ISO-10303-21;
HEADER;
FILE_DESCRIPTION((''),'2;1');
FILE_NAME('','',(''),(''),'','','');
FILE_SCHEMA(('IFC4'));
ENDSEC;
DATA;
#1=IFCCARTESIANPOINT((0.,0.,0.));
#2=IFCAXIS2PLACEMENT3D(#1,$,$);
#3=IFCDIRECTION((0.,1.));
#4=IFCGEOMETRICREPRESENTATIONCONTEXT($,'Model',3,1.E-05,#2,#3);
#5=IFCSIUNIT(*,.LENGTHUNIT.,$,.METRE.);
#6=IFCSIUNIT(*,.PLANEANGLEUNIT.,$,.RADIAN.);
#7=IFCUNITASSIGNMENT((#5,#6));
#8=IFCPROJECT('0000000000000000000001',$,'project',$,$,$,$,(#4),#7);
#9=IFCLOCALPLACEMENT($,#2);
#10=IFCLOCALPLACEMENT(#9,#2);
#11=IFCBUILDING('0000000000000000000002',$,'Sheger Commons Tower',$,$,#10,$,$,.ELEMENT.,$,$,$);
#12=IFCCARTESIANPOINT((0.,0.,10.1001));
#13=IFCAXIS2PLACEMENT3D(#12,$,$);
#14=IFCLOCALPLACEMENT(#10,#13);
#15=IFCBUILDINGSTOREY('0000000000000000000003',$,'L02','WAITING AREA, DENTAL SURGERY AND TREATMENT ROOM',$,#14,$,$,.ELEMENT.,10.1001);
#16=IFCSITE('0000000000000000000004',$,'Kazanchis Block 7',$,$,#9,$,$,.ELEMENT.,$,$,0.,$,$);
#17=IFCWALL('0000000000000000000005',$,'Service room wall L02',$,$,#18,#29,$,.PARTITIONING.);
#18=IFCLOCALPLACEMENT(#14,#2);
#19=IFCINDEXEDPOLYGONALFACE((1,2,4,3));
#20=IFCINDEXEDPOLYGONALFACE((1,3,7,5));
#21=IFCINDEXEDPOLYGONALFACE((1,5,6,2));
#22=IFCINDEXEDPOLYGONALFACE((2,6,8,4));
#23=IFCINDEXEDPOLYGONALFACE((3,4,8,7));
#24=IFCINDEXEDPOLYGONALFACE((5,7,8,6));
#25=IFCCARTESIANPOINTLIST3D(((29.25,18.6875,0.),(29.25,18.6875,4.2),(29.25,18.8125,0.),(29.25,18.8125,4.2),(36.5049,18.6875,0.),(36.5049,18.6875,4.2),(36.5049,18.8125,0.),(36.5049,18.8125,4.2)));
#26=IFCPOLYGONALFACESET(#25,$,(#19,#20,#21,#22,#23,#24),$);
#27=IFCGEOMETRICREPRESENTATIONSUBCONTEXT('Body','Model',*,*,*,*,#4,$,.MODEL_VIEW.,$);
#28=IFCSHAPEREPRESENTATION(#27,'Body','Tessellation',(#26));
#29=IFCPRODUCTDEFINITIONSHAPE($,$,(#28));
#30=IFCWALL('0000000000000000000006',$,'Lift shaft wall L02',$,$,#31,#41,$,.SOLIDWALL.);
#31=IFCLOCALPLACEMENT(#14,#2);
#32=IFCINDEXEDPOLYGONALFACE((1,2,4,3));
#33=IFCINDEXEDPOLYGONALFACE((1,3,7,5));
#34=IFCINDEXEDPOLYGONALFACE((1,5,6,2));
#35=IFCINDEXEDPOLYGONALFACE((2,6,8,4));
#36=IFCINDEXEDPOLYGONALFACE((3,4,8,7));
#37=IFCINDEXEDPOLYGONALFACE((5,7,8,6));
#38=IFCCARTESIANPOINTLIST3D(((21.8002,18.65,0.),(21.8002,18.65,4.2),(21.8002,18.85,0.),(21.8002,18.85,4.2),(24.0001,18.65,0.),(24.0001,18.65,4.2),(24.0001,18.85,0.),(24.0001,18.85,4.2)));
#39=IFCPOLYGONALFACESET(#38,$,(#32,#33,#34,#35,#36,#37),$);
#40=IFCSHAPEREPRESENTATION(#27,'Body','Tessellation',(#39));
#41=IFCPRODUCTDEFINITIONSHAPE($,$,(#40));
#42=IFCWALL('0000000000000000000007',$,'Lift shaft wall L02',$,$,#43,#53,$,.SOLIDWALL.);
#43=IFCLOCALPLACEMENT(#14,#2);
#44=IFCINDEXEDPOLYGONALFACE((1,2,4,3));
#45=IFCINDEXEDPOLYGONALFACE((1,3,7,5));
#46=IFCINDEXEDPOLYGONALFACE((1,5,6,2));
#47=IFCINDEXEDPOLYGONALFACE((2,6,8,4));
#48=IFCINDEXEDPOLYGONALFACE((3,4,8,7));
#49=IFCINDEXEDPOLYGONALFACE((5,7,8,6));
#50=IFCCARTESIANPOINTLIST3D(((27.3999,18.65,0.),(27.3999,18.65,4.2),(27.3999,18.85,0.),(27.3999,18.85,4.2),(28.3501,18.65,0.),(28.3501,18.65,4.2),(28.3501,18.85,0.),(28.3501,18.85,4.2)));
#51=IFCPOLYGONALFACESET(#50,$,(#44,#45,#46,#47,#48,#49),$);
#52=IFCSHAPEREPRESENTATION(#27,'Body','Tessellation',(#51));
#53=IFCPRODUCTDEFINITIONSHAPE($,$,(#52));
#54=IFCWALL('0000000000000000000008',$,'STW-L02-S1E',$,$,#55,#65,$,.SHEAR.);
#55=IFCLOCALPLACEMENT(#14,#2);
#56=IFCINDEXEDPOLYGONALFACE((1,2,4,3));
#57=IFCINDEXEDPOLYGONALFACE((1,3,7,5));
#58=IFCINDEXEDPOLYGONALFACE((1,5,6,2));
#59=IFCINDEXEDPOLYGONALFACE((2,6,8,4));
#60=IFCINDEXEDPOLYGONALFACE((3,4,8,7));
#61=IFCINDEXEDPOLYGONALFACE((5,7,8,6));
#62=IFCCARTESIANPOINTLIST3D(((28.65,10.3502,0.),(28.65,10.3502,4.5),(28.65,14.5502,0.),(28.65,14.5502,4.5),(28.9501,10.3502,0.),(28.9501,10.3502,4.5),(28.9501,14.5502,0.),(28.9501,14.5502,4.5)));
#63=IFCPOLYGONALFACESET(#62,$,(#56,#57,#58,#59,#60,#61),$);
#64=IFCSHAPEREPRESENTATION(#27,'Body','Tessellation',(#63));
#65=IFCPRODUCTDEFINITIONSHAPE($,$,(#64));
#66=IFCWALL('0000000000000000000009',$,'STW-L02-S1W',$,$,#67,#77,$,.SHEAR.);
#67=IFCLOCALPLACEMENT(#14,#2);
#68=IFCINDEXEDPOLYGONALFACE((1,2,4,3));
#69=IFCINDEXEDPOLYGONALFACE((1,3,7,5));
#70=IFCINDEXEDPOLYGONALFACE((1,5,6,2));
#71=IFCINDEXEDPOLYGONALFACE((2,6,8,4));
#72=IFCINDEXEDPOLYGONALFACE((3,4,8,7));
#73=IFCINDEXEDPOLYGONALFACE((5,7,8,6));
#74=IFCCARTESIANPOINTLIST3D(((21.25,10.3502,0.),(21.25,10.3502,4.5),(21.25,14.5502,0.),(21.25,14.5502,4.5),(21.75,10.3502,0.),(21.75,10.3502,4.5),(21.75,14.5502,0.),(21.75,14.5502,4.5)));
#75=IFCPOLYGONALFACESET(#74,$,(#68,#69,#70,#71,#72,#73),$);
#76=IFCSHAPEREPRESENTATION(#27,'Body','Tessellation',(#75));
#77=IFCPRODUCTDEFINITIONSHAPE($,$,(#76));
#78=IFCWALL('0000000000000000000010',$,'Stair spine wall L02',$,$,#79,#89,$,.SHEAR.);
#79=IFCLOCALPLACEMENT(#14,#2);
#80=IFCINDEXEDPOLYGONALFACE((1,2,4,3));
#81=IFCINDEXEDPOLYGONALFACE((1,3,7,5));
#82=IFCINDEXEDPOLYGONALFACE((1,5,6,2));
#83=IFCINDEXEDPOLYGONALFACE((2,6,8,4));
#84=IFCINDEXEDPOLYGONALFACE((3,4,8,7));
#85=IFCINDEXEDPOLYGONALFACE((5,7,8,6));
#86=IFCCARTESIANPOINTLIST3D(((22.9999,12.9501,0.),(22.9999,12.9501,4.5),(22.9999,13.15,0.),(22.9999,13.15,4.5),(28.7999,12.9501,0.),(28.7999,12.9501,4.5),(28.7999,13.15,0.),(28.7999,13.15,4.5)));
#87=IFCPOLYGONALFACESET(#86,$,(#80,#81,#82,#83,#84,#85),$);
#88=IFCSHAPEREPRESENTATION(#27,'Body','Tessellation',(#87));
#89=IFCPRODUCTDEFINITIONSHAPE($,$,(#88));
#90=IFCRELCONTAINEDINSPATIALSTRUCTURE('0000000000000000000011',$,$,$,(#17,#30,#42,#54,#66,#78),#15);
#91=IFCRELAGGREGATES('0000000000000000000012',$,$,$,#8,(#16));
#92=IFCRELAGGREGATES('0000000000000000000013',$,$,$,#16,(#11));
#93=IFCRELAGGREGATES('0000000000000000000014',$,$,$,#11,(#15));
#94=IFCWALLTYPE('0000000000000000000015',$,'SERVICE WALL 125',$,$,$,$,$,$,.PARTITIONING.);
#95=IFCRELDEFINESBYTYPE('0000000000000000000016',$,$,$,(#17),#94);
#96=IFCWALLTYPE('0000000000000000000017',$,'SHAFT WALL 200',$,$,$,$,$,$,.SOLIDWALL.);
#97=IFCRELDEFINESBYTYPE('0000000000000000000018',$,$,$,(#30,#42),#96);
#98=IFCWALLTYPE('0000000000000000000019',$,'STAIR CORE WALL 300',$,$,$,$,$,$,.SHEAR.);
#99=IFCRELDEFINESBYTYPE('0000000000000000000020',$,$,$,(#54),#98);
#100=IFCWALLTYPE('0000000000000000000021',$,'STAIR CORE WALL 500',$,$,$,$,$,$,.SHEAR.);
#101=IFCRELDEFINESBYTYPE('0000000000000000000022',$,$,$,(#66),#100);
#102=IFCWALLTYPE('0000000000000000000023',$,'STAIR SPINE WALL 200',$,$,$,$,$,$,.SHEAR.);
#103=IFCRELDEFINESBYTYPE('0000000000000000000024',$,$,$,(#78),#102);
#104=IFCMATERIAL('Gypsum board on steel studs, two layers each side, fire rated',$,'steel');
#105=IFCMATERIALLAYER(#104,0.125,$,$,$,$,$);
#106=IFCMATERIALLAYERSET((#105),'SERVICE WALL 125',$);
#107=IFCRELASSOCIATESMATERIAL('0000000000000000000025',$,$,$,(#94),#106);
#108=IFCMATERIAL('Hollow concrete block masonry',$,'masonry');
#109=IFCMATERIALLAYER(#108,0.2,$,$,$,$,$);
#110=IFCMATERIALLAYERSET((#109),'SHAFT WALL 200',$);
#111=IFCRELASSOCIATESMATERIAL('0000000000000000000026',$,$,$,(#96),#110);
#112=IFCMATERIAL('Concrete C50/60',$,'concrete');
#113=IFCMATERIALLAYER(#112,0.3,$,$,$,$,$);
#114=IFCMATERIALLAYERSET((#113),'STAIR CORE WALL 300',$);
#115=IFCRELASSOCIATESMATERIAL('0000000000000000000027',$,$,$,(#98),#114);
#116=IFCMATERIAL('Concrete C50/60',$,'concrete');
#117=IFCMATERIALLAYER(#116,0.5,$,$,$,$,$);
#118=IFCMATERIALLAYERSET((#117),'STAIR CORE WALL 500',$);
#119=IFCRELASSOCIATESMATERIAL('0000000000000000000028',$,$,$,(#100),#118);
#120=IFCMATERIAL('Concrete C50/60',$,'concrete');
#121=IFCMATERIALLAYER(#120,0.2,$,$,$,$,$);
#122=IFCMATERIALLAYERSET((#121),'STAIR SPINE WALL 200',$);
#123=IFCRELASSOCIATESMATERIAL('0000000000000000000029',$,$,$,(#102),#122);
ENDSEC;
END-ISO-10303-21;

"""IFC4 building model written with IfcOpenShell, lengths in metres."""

from ifc_helpers import new_model, si_unit, direction, frame, frame_2d, origin, place, context, subcontext, project, spatial, rectangle, extrude, material, layer, layer_set, type_object, element, save


model = new_model("IFC4")

# Units and contexts
model_context = context("Model", 3, precision=1e-05, world=origin(), true_north=direction((0.0, 1.0)))
body_context = subcontext(model_context, "Body", "Model", "MODEL_VIEW")
ifc_project = project(units=[si_unit("LENGTHUNIT", "METRE"), si_unit("PLANEANGLEUNIT", "RADIAN")], contexts=[model_context])

# Site, building, storey
site_placement = place(None, origin())
site = spatial("IfcSite", under=ifc_project, at=site_placement, Name="Kazanchis Block 7", CompositionType="ELEMENT", RefElevation=0.0)
building_placement = place(site_placement, origin())
building = spatial("IfcBuilding", under=site, at=building_placement, Name="Sheger Commons Tower", CompositionType="ELEMENT")
storey_placement = place(building_placement, frame((0.0, 0.0, 10.1001)))
storey = spatial("IfcBuildingStorey", under=building, at=storey_placement, Name="L02", Description="WAITING AREA, DENTAL SURGERY AND TREATMENT ROOM", CompositionType="ELEMENT", Elevation=10.1001)

# Shared definitions
ifc_material_1 = material(Name="Gypsum board on steel studs, two layers each side, fire rated", Category="steel")
ifc_layer_1 = layer(ifc_material_1, 0.125)
ifc_layer_set_1 = layer_set([ifc_layer_1], Name="SERVICE WALL 125")
wall_type_1 = type_object("IfcWallType", Name="SERVICE WALL 125", PredefinedType="PARTITIONING", material=ifc_layer_set_1)

# Walls
wall_1_placement = place(storey_placement, frame((29.25, 18.75, 0.0), z_axis=(0.0, 0.0, 1.0), x_axis=(1.0, 0.0, 0.0)))
element("IfcWall", 1, at=wall_1_placement, inside=storey, type_object=wall_type_1, Name="Service room wall L02", PredefinedType="PARTITIONING", context=body_context, shape_type="SweptSolid", body=[
    extrude(rectangle(XDim=7.2549, YDim=0.125, at=frame_2d((3.6274, 0.0))), origin(), (0.0, 0.0, 1.0), 4.2),
])
ifc_material_2 = material(Name="Hollow concrete block masonry", Category="masonry")
ifc_layer_2 = layer(ifc_material_2, 0.2)
ifc_layer_set_2 = layer_set([ifc_layer_2], Name="SHAFT WALL 200")
wall_type_2 = type_object("IfcWallType", Name="SHAFT WALL 200", PredefinedType="SOLIDWALL", material=ifc_layer_set_2)
wall_2_placement = place(storey_placement, frame((21.8, 18.75, 0.0), z_axis=(0.0, 0.0, 1.0), x_axis=(1.0, 0.0, 0.0)))
element("IfcWall", 2, at=wall_2_placement, inside=storey, type_object=wall_type_2, Name="Lift shaft wall L02", PredefinedType="SOLIDWALL", context=body_context, shape_type="SweptSolid", body=[
    extrude(rectangle(XDim=2.2, YDim=0.2, at=frame_2d((1.1001, 0.0))), origin(), (0.0, 0.0, 1.0), 4.2),
])
wall_3_placement = place(storey_placement, frame((27.3999, 18.75, 0.0), z_axis=(0.0, 0.0, 1.0), x_axis=(1.0, 0.0, 0.0)))
element("IfcWall", 3, at=wall_3_placement, inside=storey, type_object=wall_type_2, Name="Lift shaft wall L02", PredefinedType="SOLIDWALL", context=body_context, shape_type="SweptSolid", body=[
    extrude(rectangle(XDim=0.9502, YDim=0.2, at=frame_2d((0.4751, 0.0))), origin(), (0.0, 0.0, 1.0), 4.2),
])
ifc_material_3 = material(Name="Concrete C50/60", Category="concrete")
ifc_layer_3 = layer(ifc_material_3, 0.3)
ifc_layer_set_3 = layer_set([ifc_layer_3], Name="STAIR CORE WALL 300")
wall_type_3 = type_object("IfcWallType", Name="STAIR CORE WALL 300", PredefinedType="SHEAR", material=ifc_layer_set_3)
wall_4_placement = place(storey_placement, frame((28.8, 10.3501, 0.0), z_axis=(0.0, 0.0, 1.0), x_axis=(0.0, 1.0, 0.0)))
element("IfcWall", 4, at=wall_4_placement, inside=storey, type_object=wall_type_3, Name="STW-L02-S1E", PredefinedType="SHEAR", context=body_context, shape_type="SweptSolid", body=[
    extrude(rectangle(XDim=4.2, YDim=0.3, at=frame_2d((2.1001, 0.0))), origin(), (0.0, 0.0, 1.0), 4.5),
])
ifc_material_4 = material(Name="Concrete C50/60", Category="concrete")
ifc_layer_4 = layer(ifc_material_4, 0.5)
ifc_layer_set_4 = layer_set([ifc_layer_4], Name="STAIR CORE WALL 500")
wall_type_4 = type_object("IfcWallType", Name="STAIR CORE WALL 500", PredefinedType="SHEAR", material=ifc_layer_set_4)
wall_5_placement = place(storey_placement, frame((21.5, 10.3501, 0.0), z_axis=(0.0, 0.0, 1.0), x_axis=(0.0, 1.0, 0.0)))
element("IfcWall", 5, at=wall_5_placement, inside=storey, type_object=wall_type_4, Name="STW-L02-S1W", PredefinedType="SHEAR", context=body_context, shape_type="SweptSolid", body=[
    extrude(rectangle(XDim=4.2, YDim=0.5, at=frame_2d((2.1001, 0.0))), origin(), (0.0, 0.0, 1.0), 4.5),
])
ifc_material_5 = material(Name="Concrete C50/60", Category="concrete")
ifc_layer_5 = layer(ifc_material_5, 0.2)
ifc_layer_set_5 = layer_set([ifc_layer_5], Name="STAIR SPINE WALL 200")
wall_type_5 = type_object("IfcWallType", Name="STAIR SPINE WALL 200", PredefinedType="SHEAR", material=ifc_layer_set_5)
wall_6_placement = place(storey_placement, frame((23.0, 13.05, 0.0), z_axis=(0.0, 0.0, 1.0), x_axis=(1.0, 0.0, 0.0)))
element("IfcWall", 6, at=wall_6_placement, inside=storey, type_object=wall_type_5, Name="Stair spine wall L02", PredefinedType="SHEAR", context=body_context, shape_type="SweptSolid", body=[
    extrude(rectangle(XDim=5.8, YDim=0.2, at=frame_2d((2.8999, 0.0))), origin(), (0.0, 0.0, 1.0), 4.5),
])

save(model, "model.ifc")
